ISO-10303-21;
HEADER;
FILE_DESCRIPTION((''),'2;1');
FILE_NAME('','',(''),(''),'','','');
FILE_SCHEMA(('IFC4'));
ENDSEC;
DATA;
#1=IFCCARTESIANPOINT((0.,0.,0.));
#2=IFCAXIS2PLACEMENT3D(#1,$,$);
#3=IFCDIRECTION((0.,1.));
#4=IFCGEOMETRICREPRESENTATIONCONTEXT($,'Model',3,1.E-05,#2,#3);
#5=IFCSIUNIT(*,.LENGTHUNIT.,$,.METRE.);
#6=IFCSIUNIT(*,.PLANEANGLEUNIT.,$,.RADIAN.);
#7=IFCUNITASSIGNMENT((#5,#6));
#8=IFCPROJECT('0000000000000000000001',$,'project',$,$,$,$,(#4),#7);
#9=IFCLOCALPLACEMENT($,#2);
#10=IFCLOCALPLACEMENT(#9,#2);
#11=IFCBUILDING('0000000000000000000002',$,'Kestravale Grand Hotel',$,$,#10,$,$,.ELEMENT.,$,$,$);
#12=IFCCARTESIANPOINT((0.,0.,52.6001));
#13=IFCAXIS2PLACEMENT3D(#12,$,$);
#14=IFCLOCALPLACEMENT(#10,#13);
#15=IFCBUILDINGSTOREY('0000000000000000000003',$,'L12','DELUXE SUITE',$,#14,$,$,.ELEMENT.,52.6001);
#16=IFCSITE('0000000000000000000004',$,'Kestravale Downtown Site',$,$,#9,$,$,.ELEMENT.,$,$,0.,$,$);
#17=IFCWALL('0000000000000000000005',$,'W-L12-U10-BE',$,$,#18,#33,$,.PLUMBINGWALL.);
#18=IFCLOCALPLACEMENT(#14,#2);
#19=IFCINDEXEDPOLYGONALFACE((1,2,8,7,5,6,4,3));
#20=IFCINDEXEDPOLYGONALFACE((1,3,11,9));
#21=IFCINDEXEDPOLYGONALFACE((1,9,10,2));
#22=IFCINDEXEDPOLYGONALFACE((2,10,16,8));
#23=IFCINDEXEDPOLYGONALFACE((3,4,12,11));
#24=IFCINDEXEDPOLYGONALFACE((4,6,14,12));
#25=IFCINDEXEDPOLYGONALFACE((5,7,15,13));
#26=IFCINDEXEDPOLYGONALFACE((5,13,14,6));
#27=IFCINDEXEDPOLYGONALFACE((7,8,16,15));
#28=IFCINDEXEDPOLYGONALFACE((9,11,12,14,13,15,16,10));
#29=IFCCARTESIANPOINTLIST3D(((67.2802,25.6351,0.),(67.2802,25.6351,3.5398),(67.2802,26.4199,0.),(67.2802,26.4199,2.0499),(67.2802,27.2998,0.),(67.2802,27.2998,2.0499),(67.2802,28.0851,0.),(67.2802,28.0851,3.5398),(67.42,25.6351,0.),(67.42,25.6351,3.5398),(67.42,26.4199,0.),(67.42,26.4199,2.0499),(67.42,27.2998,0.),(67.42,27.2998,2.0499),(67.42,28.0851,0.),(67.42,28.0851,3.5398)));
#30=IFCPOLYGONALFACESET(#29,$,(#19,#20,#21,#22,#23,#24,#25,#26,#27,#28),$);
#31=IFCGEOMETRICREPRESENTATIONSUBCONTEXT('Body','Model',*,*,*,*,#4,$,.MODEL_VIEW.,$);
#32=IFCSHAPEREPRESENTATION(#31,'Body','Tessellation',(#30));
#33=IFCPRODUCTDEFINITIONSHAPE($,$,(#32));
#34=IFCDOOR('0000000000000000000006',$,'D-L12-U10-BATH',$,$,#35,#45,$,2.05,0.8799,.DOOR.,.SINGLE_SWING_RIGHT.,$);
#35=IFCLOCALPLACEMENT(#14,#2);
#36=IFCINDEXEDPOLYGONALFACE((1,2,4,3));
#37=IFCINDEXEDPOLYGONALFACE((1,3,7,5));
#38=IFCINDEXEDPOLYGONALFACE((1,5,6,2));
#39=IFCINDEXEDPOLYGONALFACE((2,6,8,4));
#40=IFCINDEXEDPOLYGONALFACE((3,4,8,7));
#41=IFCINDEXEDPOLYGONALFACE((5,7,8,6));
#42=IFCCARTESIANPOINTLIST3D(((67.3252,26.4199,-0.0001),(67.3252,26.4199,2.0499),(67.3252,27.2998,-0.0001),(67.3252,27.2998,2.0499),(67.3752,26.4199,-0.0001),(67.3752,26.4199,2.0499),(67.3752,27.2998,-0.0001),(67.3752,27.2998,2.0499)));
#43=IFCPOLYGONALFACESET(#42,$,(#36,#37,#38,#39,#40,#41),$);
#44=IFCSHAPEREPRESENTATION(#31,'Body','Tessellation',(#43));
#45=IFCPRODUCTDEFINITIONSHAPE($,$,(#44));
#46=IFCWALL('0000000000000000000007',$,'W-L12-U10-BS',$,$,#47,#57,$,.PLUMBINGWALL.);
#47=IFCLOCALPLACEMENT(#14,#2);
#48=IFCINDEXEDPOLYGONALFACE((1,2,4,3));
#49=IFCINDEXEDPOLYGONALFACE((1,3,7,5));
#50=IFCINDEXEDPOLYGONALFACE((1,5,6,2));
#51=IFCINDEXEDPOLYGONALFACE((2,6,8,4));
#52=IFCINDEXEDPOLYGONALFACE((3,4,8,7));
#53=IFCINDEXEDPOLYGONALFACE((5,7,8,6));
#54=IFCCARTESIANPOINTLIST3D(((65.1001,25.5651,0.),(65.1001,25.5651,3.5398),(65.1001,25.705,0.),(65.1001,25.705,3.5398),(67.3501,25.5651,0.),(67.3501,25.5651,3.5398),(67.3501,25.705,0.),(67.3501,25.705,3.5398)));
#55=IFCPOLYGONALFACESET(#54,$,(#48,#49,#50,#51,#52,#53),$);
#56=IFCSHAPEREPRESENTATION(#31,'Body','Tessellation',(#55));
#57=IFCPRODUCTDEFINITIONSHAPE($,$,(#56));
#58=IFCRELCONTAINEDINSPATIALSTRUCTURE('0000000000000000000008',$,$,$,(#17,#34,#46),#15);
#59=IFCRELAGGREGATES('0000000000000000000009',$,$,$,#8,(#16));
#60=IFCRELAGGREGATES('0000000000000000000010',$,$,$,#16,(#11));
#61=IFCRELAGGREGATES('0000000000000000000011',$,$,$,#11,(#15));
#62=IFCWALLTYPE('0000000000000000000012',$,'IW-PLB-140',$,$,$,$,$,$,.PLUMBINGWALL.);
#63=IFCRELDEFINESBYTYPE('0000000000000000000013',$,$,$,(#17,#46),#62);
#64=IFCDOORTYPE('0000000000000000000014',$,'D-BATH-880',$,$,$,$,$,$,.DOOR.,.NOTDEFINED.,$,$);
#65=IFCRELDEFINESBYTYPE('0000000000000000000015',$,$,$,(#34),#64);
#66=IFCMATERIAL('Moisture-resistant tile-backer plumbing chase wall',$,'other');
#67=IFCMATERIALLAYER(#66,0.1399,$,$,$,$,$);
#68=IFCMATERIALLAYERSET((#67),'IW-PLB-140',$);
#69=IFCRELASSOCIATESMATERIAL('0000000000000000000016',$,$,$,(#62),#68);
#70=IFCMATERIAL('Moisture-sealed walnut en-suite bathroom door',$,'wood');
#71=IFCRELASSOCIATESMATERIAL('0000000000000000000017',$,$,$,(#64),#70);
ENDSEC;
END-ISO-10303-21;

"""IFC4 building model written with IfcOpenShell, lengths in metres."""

from ifc_helpers import new_model, si_unit, direction, frame, frame_2d, origin, place, context, subcontext, project, spatial, rectangle, extrude, material, layer, layer_set, type_object, element, fill, save


model = new_model("IFC4")

# Units and contexts
model_context = context("Model", 3, precision=1e-05, world=origin(), true_north=direction((0.0, 1.0)))
body_context = subcontext(model_context, "Body", "Model", "MODEL_VIEW")
ifc_project = project(units=[si_unit("LENGTHUNIT", "METRE"), si_unit("PLANEANGLEUNIT", "RADIAN")], contexts=[model_context])

# Site, building, storey
site_placement = place(None, origin())
site = spatial("IfcSite", under=ifc_project, at=site_placement, Name="Kestravale Downtown Site", CompositionType="ELEMENT", RefElevation=0.0)
building_placement = place(site_placement, origin())
building = spatial("IfcBuilding", under=site, at=building_placement, Name="Kestravale Grand Hotel", CompositionType="ELEMENT")
storey_placement = place(building_placement, frame((0.0, 0.0, 52.6001)))
storey = spatial("IfcBuildingStorey", under=building, at=storey_placement, Name="L12", Description="DELUXE SUITE", CompositionType="ELEMENT", Elevation=52.6001)

# Shared definitions
ifc_material_1 = material(Name="Moisture-resistant tile-backer plumbing chase wall", Category="other")
ifc_layer_1 = layer(ifc_material_1, 0.1399)
ifc_layer_set_1 = layer_set([ifc_layer_1], Name="IW-PLB-140")
wall_type_1 = type_object("IfcWallType", Name="IW-PLB-140", PredefinedType="PLUMBINGWALL", material=ifc_layer_set_1)

# Shared definitions
ifc_material_2 = material(Name="Moisture-sealed walnut en-suite bathroom door", Category="wood")
door_type = type_object("IfcDoorType", Name="D-BATH-880", OperationType="NOTDEFINED", PredefinedType="DOOR", material=ifc_material_2)

# Wall, opening, door
wall_1_placement = place(storey_placement, frame((67.3501, 25.635, 0.0), z_axis=(0.0, 0.0, 1.0), x_axis=(0.0, 1.0, 0.0)))
wall_1 = element("IfcWall", 1, at=wall_1_placement, inside=storey, type_object=wall_type_1, Name="W-L12-U10-BE", PredefinedType="PLUMBINGWALL", context=body_context, shape_type="SweptSolid", body=[
    extrude(rectangle(XDim=2.45, YDim=0.1399, at=frame_2d((1.2251, 0.0))), origin(), (0.0, 0.0, 1.0), 3.5398),
])
opening_1_placement = place(wall_1_placement, frame((0.7849, 0.0, 0.0)))
opening_1 = element("IfcOpeningElement", 2, at=opening_1_placement, cuts=wall_1, PredefinedType="OPENING", context=body_context, shape_type="SweptSolid", body=[
    extrude(rectangle(XDim=0.8799, YDim=2.05, at=frame_2d((0.4399, 1.0249))), frame((0.0, 0.0798, 0.0), z_axis=(0.0, -1.0, 0.0), x_axis=(1.0, 0.0, 0.0)), (0.0, 0.0, 1.0), 0.1599),
])
door_1_placement = place(opening_1_placement, origin())
door_1 = element("IfcDoor", 3, at=door_1_placement, inside=storey, type_object=door_type, Name="D-L12-U10-BATH", OperationType="SINGLE_SWING_RIGHT", OverallHeight=2.05, OverallWidth=0.8799, PredefinedType="DOOR", context=body_context, shape_type="SweptSolid", body=[
    extrude(rectangle(XDim=0.8799, YDim=2.05, at=frame_2d((0.4399, 1.0249))), frame((0.0, 0.0249, 0.0), z_axis=(0.0, -1.0, 0.0), x_axis=(1.0, 0.0, 0.0)), (0.0, 0.0, 1.0), 0.05),
])
fill(opening_1, door_1)

# Wall
wall_2_placement = place(storey_placement, frame((65.1001, 25.635, 0.0), z_axis=(0.0, 0.0, 1.0), x_axis=(1.0, 0.0, 0.0)))
element("IfcWall", 4, at=wall_2_placement, inside=storey, type_object=wall_type_1, Name="W-L12-U10-BS", PredefinedType="PLUMBINGWALL", context=body_context, shape_type="SweptSolid", body=[
    extrude(rectangle(XDim=2.25, YDim=0.1399, at=frame_2d((1.125, 0.0))), origin(), (0.0, 0.0, 1.0), 3.5398),
])

save(model, "model.ifc")
